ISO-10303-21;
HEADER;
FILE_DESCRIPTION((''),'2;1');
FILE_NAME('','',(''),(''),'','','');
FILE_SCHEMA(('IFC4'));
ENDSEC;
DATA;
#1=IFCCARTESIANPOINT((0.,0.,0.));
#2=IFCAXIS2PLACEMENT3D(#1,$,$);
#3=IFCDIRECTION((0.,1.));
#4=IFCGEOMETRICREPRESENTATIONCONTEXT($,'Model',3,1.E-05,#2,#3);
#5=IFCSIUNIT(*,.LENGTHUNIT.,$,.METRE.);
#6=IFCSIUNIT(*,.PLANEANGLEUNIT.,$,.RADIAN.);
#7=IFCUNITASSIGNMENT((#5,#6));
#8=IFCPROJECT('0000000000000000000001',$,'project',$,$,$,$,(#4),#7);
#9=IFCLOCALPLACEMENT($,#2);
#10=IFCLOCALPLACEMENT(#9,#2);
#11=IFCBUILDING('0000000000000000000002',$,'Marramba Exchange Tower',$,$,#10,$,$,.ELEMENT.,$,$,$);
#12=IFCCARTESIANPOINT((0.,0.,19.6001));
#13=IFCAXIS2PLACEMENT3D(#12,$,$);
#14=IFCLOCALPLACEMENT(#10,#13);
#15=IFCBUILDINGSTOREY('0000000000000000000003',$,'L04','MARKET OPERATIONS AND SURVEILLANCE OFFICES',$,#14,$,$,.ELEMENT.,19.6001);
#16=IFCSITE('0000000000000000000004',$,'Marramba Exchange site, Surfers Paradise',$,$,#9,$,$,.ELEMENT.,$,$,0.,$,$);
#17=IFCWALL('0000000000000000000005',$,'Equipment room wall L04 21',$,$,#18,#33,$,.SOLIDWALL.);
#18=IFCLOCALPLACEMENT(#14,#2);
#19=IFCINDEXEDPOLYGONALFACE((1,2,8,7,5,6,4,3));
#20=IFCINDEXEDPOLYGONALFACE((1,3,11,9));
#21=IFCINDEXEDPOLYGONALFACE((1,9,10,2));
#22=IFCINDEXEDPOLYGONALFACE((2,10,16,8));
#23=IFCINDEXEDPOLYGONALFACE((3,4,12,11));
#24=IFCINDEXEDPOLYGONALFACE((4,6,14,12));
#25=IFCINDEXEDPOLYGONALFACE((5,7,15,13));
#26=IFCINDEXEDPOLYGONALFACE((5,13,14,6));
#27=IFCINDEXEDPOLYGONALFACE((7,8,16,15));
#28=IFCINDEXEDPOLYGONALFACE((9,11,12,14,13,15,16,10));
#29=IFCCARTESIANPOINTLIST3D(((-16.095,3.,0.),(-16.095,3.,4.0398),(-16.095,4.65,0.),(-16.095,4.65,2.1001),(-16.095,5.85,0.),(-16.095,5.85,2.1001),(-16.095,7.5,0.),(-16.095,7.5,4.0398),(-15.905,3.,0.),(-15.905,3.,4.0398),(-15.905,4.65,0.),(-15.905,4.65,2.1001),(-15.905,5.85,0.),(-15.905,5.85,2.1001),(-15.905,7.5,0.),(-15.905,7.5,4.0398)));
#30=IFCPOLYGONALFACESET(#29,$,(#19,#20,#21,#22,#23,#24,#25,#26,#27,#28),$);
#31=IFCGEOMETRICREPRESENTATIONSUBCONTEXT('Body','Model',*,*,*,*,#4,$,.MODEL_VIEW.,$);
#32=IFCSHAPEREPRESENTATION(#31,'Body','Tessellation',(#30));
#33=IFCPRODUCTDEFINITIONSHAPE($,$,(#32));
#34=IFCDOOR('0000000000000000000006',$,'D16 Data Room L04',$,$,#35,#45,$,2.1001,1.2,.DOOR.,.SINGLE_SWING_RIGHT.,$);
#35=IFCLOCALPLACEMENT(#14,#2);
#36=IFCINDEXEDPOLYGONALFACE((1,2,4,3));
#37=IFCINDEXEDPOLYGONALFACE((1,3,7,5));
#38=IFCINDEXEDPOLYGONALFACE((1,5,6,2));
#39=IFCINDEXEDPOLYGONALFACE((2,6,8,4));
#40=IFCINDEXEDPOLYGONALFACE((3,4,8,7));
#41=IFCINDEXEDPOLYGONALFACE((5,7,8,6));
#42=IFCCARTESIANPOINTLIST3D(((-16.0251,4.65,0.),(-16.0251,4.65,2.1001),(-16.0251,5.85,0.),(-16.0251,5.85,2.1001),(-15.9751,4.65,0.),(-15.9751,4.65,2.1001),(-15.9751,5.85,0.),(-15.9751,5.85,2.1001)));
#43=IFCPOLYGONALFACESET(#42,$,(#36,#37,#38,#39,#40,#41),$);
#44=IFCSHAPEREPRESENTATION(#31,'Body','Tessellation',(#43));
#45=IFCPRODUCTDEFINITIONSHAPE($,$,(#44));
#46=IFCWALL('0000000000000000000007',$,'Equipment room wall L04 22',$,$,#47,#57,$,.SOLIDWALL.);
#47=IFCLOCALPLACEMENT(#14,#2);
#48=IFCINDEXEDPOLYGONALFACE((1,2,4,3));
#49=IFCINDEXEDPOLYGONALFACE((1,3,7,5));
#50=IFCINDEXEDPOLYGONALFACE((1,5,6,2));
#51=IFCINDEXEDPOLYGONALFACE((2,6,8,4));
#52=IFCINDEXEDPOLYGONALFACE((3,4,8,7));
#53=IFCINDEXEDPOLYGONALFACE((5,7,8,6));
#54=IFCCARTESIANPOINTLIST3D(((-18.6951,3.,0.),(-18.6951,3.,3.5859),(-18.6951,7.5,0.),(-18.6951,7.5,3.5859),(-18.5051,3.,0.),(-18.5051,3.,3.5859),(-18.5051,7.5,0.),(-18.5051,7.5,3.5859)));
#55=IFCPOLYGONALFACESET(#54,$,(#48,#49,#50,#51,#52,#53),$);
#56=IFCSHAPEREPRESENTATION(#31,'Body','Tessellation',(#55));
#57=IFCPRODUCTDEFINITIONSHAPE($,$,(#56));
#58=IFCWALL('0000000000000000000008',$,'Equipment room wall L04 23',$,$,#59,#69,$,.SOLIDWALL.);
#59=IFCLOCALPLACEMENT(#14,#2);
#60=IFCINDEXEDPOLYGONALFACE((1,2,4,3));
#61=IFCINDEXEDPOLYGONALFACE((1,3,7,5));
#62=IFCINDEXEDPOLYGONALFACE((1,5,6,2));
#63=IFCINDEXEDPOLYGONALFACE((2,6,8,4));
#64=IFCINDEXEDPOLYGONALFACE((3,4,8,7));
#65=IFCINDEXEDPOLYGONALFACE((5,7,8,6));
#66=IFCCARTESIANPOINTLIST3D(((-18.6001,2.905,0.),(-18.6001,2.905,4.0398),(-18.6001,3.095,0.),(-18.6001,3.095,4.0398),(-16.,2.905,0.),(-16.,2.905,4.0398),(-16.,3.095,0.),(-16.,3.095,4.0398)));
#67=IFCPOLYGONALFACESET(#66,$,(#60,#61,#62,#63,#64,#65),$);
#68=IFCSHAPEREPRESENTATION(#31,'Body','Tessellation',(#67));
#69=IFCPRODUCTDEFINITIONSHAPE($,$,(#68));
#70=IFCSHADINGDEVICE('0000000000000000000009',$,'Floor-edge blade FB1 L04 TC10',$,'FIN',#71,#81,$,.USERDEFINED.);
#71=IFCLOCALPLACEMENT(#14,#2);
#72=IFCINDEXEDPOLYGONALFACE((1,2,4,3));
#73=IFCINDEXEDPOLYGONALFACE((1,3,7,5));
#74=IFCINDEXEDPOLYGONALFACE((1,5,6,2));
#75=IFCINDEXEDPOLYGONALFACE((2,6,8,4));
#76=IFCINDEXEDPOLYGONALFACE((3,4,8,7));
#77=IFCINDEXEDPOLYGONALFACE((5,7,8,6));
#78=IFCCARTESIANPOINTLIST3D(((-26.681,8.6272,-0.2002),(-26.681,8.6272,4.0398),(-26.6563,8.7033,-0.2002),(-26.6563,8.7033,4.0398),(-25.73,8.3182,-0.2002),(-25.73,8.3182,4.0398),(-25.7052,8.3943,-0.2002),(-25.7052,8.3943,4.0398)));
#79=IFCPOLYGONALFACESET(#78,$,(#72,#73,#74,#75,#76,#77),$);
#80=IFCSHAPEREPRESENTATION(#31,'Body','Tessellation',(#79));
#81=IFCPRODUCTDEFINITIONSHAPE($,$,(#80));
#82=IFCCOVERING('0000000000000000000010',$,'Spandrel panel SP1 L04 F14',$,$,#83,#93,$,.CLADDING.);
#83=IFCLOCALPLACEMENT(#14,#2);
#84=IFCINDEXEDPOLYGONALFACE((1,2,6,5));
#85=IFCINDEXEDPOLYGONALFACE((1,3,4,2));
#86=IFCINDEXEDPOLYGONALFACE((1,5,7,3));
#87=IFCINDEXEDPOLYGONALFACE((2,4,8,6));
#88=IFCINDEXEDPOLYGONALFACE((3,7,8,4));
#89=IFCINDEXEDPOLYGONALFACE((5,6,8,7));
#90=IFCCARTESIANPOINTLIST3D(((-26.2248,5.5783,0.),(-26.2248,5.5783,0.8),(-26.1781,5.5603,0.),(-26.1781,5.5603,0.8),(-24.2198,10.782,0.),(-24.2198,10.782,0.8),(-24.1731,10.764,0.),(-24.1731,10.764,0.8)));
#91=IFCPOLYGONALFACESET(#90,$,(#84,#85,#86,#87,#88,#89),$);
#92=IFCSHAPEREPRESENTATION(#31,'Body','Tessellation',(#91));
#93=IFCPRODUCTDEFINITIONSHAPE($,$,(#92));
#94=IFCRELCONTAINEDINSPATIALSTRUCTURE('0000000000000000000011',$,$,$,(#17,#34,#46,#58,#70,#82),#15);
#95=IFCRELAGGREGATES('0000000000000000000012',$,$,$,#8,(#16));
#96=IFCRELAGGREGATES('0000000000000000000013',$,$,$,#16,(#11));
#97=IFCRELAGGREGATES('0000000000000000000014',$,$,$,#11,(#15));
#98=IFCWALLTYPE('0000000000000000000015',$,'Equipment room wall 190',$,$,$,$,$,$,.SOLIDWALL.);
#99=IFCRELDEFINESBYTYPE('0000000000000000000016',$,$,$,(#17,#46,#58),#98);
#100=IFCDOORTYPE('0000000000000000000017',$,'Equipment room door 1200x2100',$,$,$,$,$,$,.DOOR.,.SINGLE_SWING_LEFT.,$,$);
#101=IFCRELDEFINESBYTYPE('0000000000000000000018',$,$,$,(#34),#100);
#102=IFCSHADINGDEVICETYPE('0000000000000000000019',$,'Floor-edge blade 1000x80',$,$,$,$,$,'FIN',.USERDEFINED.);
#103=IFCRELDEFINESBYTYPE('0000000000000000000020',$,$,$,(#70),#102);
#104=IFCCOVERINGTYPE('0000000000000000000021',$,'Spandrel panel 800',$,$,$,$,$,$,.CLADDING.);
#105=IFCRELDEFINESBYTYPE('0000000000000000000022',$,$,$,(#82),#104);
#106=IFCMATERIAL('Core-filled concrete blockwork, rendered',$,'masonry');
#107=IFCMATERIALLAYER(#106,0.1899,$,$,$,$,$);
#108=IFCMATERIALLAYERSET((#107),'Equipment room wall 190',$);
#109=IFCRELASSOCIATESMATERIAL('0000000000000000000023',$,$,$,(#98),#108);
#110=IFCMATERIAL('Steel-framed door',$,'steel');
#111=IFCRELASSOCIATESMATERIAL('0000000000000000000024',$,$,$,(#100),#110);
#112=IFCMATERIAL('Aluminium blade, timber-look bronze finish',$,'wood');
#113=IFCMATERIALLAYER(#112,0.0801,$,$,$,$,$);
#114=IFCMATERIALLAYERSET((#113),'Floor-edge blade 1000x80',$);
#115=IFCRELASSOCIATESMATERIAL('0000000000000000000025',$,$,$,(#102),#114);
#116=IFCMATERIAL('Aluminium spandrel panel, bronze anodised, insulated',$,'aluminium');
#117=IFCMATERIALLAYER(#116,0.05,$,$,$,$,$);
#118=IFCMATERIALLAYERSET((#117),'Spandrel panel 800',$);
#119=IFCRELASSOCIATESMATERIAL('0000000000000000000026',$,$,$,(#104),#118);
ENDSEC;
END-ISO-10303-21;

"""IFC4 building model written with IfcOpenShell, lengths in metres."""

from ifc_helpers import new_model, si_unit, direction, frame, frame_2d, origin, origin_2d, place, context, subcontext, project, spatial, rectangle, extrude, material, layer, layer_set, type_object, element, fill, save


model = new_model("IFC4")

# Units and contexts
model_context = context("Model", 3, precision=1e-05, world=origin(), true_north=direction((0.0, 1.0)))
body_context = subcontext(model_context, "Body", "Model", "MODEL_VIEW")
ifc_project = project(units=[si_unit("LENGTHUNIT", "METRE"), si_unit("PLANEANGLEUNIT", "RADIAN")], contexts=[model_context])

# Site, building, storey
site_placement = place(None, origin())
site = spatial("IfcSite", under=ifc_project, at=site_placement, Name="Marramba Exchange site, Surfers Paradise", CompositionType="ELEMENT", RefElevation=0.0)
building_placement = place(site_placement, origin())
building = spatial("IfcBuilding", under=site, at=building_placement, Name="Marramba Exchange Tower", CompositionType="ELEMENT")
storey_placement = place(building_placement, frame((0.0, 0.0, 19.6001)))
storey = spatial("IfcBuildingStorey", under=building, at=storey_placement, Name="L04", Description="MARKET OPERATIONS AND SURVEILLANCE OFFICES", CompositionType="ELEMENT", Elevation=19.6001)

# Shared definitions
ifc_material_1 = material(Name="Steel-framed door", Category="steel")

# Shared definitions
ifc_material_2 = material(Name="Core-filled concrete blockwork, rendered", Category="masonry")
ifc_layer_1 = layer(ifc_material_2, 0.1899)
ifc_layer_set_1 = layer_set([ifc_layer_1], Name="Equipment room wall 190")
wall_type_1 = type_object("IfcWallType", Name="Equipment room wall 190", PredefinedType="SOLIDWALL", material=ifc_layer_set_1)

# Wall, opening, door
wall_1_placement = place(storey_placement, frame((-16.0, 7.5, 0.0), z_axis=(0.0, 0.0, 1.0), x_axis=(0.0, -1.0, 0.0)))
wall_1 = element("IfcWall", 1, at=wall_1_placement, inside=storey, type_object=wall_type_1, Name="Equipment room wall L04 21", PredefinedType="SOLIDWALL", context=body_context, shape_type="SweptSolid", body=[
    extrude(rectangle(XDim=4.5, YDim=0.1899, at=frame_2d((2.25, 0.0))), origin(), (0.0, 0.0, 1.0), 4.0398),
])
opening_1_placement = place(wall_1_placement, frame((1.6499, 0.0, 0.0)))
opening_1 = element("IfcOpeningElement", 2, at=opening_1_placement, cuts=wall_1, PredefinedType="OPENING", context=body_context, shape_type="SweptSolid", body=[
    extrude(rectangle(XDim=1.2, YDim=2.1001, at=frame_2d((0.6001, 1.05))), frame((0.0, 0.105, 0.0), z_axis=(0.0, -1.0, 0.0), x_axis=(1.0, 0.0, 0.0)), (0.0, 0.0, 1.0), 0.21),
])
door_type_1 = type_object("IfcDoorType", Name="Equipment room door 1200x2100", OperationType="SINGLE_SWING_LEFT", PredefinedType="DOOR", material=ifc_material_1)
door_1_placement = place(opening_1_placement, frame((1.2, 0.0, 0.0), z_axis=(0.0, 0.0, 1.0), x_axis=(-1.0, 0.0, 0.0)))
door_1 = element("IfcDoor", 3, at=door_1_placement, inside=storey, type_object=door_type_1, Name="D16 Data Room L04", OperationType="SINGLE_SWING_RIGHT", OverallHeight=2.1001, OverallWidth=1.2, PredefinedType="DOOR", context=body_context, shape_type="SweptSolid", body=[
    extrude(rectangle(XDim=1.2, YDim=2.1001, at=frame_2d((0.5999, 1.05))), frame((0.0, 0.0251, 0.0), z_axis=(0.0, -1.0, 0.0), x_axis=(1.0, 0.0, 0.0)), (0.0, 0.0, 1.0), 0.05),
])
fill(opening_1, door_1)

# Walls
wall_2_placement = place(storey_placement, frame((-18.6001, 3.0, 0.0), z_axis=(0.0, 0.0, 1.0), x_axis=(0.0, 1.0, 0.0)))
element("IfcWall", 4, at=wall_2_placement, inside=storey, type_object=wall_type_1, Name="Equipment room wall L04 22", PredefinedType="SOLIDWALL", context=body_context, shape_type="SweptSolid", body=[
    extrude(rectangle(XDim=4.5, YDim=0.1899, at=frame_2d((2.25, 0.0))), origin(), (0.0, 0.0, 1.0), 3.5859),
])
wall_3_placement = place(storey_placement, frame((-16.0, 3.0, 0.0), z_axis=(0.0, 0.0, 1.0), x_axis=(-1.0, 0.0, 0.0)))
element("IfcWall", 5, at=wall_3_placement, inside=storey, type_object=wall_type_1, Name="Equipment room wall L04 23", PredefinedType="SOLIDWALL", context=body_context, shape_type="SweptSolid", body=[
    extrude(rectangle(XDim=2.6001, YDim=0.1899, at=frame_2d((1.3, 0.0))), origin(), (0.0, 0.0, 1.0), 4.0398),
])

# Shading device
ifc_material_3 = material(Name="Aluminium blade, timber-look bronze finish", Category="wood")
ifc_layer_2 = layer(ifc_material_3, 0.0801)
ifc_layer_set_2 = layer_set([ifc_layer_2], Name="Floor-edge blade 1000x80")
shading_device_type = type_object("IfcShadingDeviceType", Name="Floor-edge blade 1000x80", ElementType="FIN", PredefinedType="USERDEFINED", material=ifc_layer_set_2)
shading_device_placement = place(storey_placement, frame((-26.1931, 8.5107, -0.2002), z_axis=(0.0, 0.0, 1.0), x_axis=(-0.951057, 0.309017, 0.0)))
element("IfcShadingDevice", 6, at=shading_device_placement, inside=storey, type_object=shading_device_type, Name="Floor-edge blade FB1 L04 TC10", ObjectType="FIN", PredefinedType="USERDEFINED", context=body_context, shape_type="SweptSolid", body=[
    extrude(rectangle(XDim=1.0, YDim=0.0801, at=origin_2d()), origin(), (0.0, 0.0, 1.0), 4.24),
])

# Covering
ifc_material_4 = material(Name="Aluminium spandrel panel, bronze anodised, insulated", Category="aluminium")
ifc_layer_3 = layer(ifc_material_4, 0.05)
ifc_layer_set_3 = layer_set([ifc_layer_3], Name="Spandrel panel 800")
covering_type = type_object("IfcCoveringType", Name="Spandrel panel 800", PredefinedType="CLADDING", material=ifc_layer_set_3)
covering_placement = place(storey_placement, frame((-25.199, 8.1711, 0.0), z_axis=(0.0, 0.0, 1.0), x_axis=(-0.359526, -0.933135, 0.0)))
element("IfcCovering", 7, at=covering_placement, inside=storey, type_object=covering_type, Name="Spandrel panel SP1 L04 F14", PredefinedType="CLADDING", context=body_context, shape_type="SweptSolid", body=[
    extrude(rectangle(XDim=5.5767, YDim=0.05, at=origin_2d()), origin(), (0.0, 0.0, 1.0), 0.8),
])

save(model, "model.ifc")
